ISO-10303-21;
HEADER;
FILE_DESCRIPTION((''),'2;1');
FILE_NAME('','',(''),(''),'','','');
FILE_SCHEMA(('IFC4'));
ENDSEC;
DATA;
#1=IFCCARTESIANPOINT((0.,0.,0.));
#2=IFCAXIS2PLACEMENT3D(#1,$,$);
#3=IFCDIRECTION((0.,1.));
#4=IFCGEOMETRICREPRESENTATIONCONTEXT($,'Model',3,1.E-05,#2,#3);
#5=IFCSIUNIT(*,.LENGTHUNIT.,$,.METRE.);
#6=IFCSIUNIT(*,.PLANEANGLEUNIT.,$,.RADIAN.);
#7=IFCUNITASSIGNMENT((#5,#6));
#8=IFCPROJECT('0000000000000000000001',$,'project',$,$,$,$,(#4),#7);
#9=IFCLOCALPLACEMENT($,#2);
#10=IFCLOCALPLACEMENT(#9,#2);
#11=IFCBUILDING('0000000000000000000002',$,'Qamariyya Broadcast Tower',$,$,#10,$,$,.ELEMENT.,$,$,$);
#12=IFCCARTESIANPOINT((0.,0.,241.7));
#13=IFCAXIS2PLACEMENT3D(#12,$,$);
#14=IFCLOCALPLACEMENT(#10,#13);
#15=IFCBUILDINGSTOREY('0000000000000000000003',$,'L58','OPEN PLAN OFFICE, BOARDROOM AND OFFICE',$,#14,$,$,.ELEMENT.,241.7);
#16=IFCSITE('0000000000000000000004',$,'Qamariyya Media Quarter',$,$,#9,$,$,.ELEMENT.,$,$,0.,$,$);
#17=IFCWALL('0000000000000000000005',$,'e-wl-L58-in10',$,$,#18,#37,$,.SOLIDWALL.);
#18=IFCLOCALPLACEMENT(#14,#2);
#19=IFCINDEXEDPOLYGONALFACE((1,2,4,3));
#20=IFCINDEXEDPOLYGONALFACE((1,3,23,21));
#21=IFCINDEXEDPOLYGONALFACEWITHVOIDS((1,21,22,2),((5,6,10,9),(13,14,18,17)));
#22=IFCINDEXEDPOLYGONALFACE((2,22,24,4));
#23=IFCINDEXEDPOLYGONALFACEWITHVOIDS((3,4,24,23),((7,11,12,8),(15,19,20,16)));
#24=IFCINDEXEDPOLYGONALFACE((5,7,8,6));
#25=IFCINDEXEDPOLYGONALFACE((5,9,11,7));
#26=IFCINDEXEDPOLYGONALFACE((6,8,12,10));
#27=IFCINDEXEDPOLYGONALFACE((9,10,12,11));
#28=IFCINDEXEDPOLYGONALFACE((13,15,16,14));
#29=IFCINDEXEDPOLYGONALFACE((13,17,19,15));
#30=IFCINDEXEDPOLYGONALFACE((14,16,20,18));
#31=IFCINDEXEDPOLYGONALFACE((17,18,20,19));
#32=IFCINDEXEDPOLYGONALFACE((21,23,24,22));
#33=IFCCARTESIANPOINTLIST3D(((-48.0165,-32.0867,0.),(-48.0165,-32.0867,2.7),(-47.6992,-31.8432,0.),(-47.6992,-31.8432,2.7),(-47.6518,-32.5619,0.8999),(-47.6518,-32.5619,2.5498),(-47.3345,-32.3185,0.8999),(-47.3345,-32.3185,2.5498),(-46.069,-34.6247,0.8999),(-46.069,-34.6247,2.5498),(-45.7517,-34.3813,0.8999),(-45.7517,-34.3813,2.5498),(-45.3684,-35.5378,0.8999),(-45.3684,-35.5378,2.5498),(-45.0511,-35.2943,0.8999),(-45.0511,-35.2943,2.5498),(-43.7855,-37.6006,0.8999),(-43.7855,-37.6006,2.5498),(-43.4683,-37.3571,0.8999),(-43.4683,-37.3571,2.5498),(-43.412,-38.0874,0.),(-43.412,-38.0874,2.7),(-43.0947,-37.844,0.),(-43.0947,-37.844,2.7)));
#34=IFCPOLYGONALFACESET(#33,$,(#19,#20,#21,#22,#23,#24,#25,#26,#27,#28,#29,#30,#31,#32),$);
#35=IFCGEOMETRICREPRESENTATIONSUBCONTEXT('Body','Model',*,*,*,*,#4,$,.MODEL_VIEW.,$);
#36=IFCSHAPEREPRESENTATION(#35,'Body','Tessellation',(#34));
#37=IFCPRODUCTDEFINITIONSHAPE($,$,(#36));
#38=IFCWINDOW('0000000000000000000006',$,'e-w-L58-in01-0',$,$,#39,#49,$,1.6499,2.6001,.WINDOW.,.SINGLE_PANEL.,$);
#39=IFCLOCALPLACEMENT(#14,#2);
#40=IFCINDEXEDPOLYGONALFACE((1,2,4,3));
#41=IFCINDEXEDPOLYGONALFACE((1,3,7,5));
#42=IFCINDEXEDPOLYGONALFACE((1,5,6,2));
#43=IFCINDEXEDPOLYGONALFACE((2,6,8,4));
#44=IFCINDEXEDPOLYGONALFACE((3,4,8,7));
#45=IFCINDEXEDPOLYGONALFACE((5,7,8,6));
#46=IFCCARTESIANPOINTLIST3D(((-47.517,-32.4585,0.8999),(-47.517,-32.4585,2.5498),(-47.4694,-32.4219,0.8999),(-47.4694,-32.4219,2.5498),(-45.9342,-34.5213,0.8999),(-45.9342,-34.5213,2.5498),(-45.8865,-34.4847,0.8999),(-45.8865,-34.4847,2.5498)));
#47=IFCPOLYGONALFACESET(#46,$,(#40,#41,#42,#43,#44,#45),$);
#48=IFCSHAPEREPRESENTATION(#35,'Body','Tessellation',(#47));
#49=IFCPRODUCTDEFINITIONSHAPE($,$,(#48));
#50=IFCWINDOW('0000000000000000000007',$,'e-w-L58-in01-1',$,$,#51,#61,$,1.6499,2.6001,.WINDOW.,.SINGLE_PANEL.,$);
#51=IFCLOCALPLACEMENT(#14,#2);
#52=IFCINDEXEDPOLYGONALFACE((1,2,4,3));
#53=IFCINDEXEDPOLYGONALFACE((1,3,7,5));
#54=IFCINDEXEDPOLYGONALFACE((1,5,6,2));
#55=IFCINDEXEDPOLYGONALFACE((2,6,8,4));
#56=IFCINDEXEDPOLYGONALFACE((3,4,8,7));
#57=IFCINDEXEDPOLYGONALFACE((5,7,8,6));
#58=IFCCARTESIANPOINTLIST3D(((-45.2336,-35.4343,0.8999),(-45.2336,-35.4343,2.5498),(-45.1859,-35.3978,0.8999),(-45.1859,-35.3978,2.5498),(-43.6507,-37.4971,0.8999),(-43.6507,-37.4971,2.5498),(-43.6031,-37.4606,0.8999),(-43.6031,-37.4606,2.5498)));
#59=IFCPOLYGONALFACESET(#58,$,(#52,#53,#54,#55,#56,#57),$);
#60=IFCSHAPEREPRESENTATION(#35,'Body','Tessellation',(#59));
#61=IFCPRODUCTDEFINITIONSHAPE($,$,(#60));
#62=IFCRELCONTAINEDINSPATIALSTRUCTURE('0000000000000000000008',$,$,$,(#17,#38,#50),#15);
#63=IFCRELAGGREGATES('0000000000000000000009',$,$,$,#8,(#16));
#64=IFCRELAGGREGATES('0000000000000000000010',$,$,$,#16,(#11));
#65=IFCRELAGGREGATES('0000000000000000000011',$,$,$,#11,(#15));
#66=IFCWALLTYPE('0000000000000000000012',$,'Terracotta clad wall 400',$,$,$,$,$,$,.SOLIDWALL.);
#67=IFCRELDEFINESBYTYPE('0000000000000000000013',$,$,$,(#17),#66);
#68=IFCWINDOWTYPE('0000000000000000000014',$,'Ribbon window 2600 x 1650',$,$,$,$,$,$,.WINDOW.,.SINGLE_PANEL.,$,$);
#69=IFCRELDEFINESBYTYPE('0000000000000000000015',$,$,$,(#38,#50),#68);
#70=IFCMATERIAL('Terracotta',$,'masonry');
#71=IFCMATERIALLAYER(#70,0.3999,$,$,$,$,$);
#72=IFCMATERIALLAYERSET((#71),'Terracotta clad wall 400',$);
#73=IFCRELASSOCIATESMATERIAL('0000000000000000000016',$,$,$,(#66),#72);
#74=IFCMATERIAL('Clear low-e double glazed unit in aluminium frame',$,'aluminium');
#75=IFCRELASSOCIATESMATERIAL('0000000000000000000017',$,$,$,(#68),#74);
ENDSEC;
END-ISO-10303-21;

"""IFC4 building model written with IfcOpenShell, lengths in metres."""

from ifc_helpers import new_model, si_unit, direction, frame, frame_2d, origin, place, context, subcontext, project, spatial, rectangle, extrude, material, layer, layer_set, type_object, element, fill, save


model = new_model("IFC4")

# Units and contexts
model_context = context("Model", 3, precision=1e-05, world=origin(), true_north=direction((0.0, 1.0)))
body_context = subcontext(model_context, "Body", "Model", "MODEL_VIEW")
ifc_project = project(units=[si_unit("LENGTHUNIT", "METRE"), si_unit("PLANEANGLEUNIT", "RADIAN")], contexts=[model_context])

# Site, building, storey
site_placement = place(None, origin())
site = spatial("IfcSite", under=ifc_project, at=site_placement, Name="Qamariyya Media Quarter", CompositionType="ELEMENT", RefElevation=0.0)
building_placement = place(site_placement, origin())
building = spatial("IfcBuilding", under=site, at=building_placement, Name="Qamariyya Broadcast Tower", CompositionType="ELEMENT")
storey_placement = place(building_placement, frame((0.0, 0.0, 241.7)))
storey = spatial("IfcBuildingStorey", under=building, at=storey_placement, Name="L58", Description="OPEN PLAN OFFICE, BOARDROOM AND OFFICE", CompositionType="ELEMENT", Elevation=241.7)

# Shared definitions
ifc_material_1 = material(Name="Terracotta", Category="masonry")
ifc_layer = layer(ifc_material_1, 0.3999)
ifc_layer_set = layer_set([ifc_layer], Name="Terracotta clad wall 400")
wall_type = type_object("IfcWallType", Name="Terracotta clad wall 400", PredefinedType="SOLIDWALL", material=ifc_layer_set)
ifc_material_2 = material(Name="Clear low-e double glazed unit in aluminium frame", Category="aluminium")

# Wall, openings, windows
wall_1_placement = place(storey_placement, frame((-43.2534, -37.9656, 0.0), z_axis=(0.0, 0.0, 1.0), x_axis=(-0.608759, 0.793355, 0.0)))
wall_1 = element("IfcWall", 1, at=wall_1_placement, inside=storey, type_object=wall_type, Name="e-wl-L58-in10", PredefinedType="SOLIDWALL", context=body_context, shape_type="SweptSolid", body=[
    extrude(rectangle(XDim=7.5637, YDim=0.3999, at=frame_2d((3.7817, 0.0))), origin(), (0.0, 0.0, 1.0), 2.7),
])
opening_1_placement = place(wall_1_placement, frame((4.3645, 0.0, 0.8999)))
opening_1 = element("IfcOpeningElement", 2, at=opening_1_placement, cuts=wall_1, PredefinedType="OPENING", context=body_context, shape_type="SweptSolid", body=[
    extrude(rectangle(XDim=2.6001, YDim=1.6499, at=frame_2d((1.3, 0.825))), frame((0.0, 0.21, 0.0), z_axis=(0.0, -1.0, 0.0), x_axis=(1.0, 0.0, 0.0)), (0.0, 0.0, 1.0), 0.4199),
])
opening_2_placement = place(wall_1_placement, frame((0.6135, 0.0, 0.8999)))
opening_2 = element("IfcOpeningElement", 3, at=opening_2_placement, cuts=wall_1, PredefinedType="OPENING", context=body_context, shape_type="SweptSolid", body=[
    extrude(rectangle(XDim=2.6001, YDim=1.6499, at=frame_2d((1.3, 0.825))), frame((0.0, 0.21, 0.0), z_axis=(0.0, -1.0, 0.0), x_axis=(1.0, 0.0, 0.0)), (0.0, 0.0, 1.0), 0.4199),
])
window_type_1 = type_object("IfcWindowType", Name="Ribbon window 2600 x 1650", PartitioningType="SINGLE_PANEL", PredefinedType="WINDOW", material=ifc_material_2)
window_1_placement = place(opening_1_placement, origin())
window_1 = element("IfcWindow", 4, at=window_1_placement, inside=storey, type_object=window_type_1, Name="e-w-L58-in01-0", OverallHeight=1.6499, OverallWidth=2.6001, PartitioningType="SINGLE_PANEL", PredefinedType="WINDOW", context=body_context, shape_type="SweptSolid", body=[
    extrude(rectangle(XDim=2.6001, YDim=1.6499, at=frame_2d((1.3, 0.825))), frame((0.0, 0.03, 0.0), z_axis=(0.0, -1.0, 0.0), x_axis=(1.0, 0.0, 0.0)), (0.0, 0.0, 1.0), 0.0601),
])
fill(opening_1, window_1)
window_2_placement = place(opening_2_placement, origin())
window_2 = element("IfcWindow", 5, at=window_2_placement, inside=storey, type_object=window_type_1, Name="e-w-L58-in01-1", OverallHeight=1.6499, OverallWidth=2.6001, PartitioningType="SINGLE_PANEL", PredefinedType="WINDOW", context=body_context, shape_type="SweptSolid", body=[
    extrude(rectangle(XDim=2.6001, YDim=1.6499, at=frame_2d((1.3, 0.825))), frame((0.0, 0.03, 0.0), z_axis=(0.0, -1.0, 0.0), x_axis=(1.0, 0.0, 0.0)), (0.0, 0.0, 1.0), 0.0601),
])
fill(opening_2, window_2)

save(model, "model.ifc")
